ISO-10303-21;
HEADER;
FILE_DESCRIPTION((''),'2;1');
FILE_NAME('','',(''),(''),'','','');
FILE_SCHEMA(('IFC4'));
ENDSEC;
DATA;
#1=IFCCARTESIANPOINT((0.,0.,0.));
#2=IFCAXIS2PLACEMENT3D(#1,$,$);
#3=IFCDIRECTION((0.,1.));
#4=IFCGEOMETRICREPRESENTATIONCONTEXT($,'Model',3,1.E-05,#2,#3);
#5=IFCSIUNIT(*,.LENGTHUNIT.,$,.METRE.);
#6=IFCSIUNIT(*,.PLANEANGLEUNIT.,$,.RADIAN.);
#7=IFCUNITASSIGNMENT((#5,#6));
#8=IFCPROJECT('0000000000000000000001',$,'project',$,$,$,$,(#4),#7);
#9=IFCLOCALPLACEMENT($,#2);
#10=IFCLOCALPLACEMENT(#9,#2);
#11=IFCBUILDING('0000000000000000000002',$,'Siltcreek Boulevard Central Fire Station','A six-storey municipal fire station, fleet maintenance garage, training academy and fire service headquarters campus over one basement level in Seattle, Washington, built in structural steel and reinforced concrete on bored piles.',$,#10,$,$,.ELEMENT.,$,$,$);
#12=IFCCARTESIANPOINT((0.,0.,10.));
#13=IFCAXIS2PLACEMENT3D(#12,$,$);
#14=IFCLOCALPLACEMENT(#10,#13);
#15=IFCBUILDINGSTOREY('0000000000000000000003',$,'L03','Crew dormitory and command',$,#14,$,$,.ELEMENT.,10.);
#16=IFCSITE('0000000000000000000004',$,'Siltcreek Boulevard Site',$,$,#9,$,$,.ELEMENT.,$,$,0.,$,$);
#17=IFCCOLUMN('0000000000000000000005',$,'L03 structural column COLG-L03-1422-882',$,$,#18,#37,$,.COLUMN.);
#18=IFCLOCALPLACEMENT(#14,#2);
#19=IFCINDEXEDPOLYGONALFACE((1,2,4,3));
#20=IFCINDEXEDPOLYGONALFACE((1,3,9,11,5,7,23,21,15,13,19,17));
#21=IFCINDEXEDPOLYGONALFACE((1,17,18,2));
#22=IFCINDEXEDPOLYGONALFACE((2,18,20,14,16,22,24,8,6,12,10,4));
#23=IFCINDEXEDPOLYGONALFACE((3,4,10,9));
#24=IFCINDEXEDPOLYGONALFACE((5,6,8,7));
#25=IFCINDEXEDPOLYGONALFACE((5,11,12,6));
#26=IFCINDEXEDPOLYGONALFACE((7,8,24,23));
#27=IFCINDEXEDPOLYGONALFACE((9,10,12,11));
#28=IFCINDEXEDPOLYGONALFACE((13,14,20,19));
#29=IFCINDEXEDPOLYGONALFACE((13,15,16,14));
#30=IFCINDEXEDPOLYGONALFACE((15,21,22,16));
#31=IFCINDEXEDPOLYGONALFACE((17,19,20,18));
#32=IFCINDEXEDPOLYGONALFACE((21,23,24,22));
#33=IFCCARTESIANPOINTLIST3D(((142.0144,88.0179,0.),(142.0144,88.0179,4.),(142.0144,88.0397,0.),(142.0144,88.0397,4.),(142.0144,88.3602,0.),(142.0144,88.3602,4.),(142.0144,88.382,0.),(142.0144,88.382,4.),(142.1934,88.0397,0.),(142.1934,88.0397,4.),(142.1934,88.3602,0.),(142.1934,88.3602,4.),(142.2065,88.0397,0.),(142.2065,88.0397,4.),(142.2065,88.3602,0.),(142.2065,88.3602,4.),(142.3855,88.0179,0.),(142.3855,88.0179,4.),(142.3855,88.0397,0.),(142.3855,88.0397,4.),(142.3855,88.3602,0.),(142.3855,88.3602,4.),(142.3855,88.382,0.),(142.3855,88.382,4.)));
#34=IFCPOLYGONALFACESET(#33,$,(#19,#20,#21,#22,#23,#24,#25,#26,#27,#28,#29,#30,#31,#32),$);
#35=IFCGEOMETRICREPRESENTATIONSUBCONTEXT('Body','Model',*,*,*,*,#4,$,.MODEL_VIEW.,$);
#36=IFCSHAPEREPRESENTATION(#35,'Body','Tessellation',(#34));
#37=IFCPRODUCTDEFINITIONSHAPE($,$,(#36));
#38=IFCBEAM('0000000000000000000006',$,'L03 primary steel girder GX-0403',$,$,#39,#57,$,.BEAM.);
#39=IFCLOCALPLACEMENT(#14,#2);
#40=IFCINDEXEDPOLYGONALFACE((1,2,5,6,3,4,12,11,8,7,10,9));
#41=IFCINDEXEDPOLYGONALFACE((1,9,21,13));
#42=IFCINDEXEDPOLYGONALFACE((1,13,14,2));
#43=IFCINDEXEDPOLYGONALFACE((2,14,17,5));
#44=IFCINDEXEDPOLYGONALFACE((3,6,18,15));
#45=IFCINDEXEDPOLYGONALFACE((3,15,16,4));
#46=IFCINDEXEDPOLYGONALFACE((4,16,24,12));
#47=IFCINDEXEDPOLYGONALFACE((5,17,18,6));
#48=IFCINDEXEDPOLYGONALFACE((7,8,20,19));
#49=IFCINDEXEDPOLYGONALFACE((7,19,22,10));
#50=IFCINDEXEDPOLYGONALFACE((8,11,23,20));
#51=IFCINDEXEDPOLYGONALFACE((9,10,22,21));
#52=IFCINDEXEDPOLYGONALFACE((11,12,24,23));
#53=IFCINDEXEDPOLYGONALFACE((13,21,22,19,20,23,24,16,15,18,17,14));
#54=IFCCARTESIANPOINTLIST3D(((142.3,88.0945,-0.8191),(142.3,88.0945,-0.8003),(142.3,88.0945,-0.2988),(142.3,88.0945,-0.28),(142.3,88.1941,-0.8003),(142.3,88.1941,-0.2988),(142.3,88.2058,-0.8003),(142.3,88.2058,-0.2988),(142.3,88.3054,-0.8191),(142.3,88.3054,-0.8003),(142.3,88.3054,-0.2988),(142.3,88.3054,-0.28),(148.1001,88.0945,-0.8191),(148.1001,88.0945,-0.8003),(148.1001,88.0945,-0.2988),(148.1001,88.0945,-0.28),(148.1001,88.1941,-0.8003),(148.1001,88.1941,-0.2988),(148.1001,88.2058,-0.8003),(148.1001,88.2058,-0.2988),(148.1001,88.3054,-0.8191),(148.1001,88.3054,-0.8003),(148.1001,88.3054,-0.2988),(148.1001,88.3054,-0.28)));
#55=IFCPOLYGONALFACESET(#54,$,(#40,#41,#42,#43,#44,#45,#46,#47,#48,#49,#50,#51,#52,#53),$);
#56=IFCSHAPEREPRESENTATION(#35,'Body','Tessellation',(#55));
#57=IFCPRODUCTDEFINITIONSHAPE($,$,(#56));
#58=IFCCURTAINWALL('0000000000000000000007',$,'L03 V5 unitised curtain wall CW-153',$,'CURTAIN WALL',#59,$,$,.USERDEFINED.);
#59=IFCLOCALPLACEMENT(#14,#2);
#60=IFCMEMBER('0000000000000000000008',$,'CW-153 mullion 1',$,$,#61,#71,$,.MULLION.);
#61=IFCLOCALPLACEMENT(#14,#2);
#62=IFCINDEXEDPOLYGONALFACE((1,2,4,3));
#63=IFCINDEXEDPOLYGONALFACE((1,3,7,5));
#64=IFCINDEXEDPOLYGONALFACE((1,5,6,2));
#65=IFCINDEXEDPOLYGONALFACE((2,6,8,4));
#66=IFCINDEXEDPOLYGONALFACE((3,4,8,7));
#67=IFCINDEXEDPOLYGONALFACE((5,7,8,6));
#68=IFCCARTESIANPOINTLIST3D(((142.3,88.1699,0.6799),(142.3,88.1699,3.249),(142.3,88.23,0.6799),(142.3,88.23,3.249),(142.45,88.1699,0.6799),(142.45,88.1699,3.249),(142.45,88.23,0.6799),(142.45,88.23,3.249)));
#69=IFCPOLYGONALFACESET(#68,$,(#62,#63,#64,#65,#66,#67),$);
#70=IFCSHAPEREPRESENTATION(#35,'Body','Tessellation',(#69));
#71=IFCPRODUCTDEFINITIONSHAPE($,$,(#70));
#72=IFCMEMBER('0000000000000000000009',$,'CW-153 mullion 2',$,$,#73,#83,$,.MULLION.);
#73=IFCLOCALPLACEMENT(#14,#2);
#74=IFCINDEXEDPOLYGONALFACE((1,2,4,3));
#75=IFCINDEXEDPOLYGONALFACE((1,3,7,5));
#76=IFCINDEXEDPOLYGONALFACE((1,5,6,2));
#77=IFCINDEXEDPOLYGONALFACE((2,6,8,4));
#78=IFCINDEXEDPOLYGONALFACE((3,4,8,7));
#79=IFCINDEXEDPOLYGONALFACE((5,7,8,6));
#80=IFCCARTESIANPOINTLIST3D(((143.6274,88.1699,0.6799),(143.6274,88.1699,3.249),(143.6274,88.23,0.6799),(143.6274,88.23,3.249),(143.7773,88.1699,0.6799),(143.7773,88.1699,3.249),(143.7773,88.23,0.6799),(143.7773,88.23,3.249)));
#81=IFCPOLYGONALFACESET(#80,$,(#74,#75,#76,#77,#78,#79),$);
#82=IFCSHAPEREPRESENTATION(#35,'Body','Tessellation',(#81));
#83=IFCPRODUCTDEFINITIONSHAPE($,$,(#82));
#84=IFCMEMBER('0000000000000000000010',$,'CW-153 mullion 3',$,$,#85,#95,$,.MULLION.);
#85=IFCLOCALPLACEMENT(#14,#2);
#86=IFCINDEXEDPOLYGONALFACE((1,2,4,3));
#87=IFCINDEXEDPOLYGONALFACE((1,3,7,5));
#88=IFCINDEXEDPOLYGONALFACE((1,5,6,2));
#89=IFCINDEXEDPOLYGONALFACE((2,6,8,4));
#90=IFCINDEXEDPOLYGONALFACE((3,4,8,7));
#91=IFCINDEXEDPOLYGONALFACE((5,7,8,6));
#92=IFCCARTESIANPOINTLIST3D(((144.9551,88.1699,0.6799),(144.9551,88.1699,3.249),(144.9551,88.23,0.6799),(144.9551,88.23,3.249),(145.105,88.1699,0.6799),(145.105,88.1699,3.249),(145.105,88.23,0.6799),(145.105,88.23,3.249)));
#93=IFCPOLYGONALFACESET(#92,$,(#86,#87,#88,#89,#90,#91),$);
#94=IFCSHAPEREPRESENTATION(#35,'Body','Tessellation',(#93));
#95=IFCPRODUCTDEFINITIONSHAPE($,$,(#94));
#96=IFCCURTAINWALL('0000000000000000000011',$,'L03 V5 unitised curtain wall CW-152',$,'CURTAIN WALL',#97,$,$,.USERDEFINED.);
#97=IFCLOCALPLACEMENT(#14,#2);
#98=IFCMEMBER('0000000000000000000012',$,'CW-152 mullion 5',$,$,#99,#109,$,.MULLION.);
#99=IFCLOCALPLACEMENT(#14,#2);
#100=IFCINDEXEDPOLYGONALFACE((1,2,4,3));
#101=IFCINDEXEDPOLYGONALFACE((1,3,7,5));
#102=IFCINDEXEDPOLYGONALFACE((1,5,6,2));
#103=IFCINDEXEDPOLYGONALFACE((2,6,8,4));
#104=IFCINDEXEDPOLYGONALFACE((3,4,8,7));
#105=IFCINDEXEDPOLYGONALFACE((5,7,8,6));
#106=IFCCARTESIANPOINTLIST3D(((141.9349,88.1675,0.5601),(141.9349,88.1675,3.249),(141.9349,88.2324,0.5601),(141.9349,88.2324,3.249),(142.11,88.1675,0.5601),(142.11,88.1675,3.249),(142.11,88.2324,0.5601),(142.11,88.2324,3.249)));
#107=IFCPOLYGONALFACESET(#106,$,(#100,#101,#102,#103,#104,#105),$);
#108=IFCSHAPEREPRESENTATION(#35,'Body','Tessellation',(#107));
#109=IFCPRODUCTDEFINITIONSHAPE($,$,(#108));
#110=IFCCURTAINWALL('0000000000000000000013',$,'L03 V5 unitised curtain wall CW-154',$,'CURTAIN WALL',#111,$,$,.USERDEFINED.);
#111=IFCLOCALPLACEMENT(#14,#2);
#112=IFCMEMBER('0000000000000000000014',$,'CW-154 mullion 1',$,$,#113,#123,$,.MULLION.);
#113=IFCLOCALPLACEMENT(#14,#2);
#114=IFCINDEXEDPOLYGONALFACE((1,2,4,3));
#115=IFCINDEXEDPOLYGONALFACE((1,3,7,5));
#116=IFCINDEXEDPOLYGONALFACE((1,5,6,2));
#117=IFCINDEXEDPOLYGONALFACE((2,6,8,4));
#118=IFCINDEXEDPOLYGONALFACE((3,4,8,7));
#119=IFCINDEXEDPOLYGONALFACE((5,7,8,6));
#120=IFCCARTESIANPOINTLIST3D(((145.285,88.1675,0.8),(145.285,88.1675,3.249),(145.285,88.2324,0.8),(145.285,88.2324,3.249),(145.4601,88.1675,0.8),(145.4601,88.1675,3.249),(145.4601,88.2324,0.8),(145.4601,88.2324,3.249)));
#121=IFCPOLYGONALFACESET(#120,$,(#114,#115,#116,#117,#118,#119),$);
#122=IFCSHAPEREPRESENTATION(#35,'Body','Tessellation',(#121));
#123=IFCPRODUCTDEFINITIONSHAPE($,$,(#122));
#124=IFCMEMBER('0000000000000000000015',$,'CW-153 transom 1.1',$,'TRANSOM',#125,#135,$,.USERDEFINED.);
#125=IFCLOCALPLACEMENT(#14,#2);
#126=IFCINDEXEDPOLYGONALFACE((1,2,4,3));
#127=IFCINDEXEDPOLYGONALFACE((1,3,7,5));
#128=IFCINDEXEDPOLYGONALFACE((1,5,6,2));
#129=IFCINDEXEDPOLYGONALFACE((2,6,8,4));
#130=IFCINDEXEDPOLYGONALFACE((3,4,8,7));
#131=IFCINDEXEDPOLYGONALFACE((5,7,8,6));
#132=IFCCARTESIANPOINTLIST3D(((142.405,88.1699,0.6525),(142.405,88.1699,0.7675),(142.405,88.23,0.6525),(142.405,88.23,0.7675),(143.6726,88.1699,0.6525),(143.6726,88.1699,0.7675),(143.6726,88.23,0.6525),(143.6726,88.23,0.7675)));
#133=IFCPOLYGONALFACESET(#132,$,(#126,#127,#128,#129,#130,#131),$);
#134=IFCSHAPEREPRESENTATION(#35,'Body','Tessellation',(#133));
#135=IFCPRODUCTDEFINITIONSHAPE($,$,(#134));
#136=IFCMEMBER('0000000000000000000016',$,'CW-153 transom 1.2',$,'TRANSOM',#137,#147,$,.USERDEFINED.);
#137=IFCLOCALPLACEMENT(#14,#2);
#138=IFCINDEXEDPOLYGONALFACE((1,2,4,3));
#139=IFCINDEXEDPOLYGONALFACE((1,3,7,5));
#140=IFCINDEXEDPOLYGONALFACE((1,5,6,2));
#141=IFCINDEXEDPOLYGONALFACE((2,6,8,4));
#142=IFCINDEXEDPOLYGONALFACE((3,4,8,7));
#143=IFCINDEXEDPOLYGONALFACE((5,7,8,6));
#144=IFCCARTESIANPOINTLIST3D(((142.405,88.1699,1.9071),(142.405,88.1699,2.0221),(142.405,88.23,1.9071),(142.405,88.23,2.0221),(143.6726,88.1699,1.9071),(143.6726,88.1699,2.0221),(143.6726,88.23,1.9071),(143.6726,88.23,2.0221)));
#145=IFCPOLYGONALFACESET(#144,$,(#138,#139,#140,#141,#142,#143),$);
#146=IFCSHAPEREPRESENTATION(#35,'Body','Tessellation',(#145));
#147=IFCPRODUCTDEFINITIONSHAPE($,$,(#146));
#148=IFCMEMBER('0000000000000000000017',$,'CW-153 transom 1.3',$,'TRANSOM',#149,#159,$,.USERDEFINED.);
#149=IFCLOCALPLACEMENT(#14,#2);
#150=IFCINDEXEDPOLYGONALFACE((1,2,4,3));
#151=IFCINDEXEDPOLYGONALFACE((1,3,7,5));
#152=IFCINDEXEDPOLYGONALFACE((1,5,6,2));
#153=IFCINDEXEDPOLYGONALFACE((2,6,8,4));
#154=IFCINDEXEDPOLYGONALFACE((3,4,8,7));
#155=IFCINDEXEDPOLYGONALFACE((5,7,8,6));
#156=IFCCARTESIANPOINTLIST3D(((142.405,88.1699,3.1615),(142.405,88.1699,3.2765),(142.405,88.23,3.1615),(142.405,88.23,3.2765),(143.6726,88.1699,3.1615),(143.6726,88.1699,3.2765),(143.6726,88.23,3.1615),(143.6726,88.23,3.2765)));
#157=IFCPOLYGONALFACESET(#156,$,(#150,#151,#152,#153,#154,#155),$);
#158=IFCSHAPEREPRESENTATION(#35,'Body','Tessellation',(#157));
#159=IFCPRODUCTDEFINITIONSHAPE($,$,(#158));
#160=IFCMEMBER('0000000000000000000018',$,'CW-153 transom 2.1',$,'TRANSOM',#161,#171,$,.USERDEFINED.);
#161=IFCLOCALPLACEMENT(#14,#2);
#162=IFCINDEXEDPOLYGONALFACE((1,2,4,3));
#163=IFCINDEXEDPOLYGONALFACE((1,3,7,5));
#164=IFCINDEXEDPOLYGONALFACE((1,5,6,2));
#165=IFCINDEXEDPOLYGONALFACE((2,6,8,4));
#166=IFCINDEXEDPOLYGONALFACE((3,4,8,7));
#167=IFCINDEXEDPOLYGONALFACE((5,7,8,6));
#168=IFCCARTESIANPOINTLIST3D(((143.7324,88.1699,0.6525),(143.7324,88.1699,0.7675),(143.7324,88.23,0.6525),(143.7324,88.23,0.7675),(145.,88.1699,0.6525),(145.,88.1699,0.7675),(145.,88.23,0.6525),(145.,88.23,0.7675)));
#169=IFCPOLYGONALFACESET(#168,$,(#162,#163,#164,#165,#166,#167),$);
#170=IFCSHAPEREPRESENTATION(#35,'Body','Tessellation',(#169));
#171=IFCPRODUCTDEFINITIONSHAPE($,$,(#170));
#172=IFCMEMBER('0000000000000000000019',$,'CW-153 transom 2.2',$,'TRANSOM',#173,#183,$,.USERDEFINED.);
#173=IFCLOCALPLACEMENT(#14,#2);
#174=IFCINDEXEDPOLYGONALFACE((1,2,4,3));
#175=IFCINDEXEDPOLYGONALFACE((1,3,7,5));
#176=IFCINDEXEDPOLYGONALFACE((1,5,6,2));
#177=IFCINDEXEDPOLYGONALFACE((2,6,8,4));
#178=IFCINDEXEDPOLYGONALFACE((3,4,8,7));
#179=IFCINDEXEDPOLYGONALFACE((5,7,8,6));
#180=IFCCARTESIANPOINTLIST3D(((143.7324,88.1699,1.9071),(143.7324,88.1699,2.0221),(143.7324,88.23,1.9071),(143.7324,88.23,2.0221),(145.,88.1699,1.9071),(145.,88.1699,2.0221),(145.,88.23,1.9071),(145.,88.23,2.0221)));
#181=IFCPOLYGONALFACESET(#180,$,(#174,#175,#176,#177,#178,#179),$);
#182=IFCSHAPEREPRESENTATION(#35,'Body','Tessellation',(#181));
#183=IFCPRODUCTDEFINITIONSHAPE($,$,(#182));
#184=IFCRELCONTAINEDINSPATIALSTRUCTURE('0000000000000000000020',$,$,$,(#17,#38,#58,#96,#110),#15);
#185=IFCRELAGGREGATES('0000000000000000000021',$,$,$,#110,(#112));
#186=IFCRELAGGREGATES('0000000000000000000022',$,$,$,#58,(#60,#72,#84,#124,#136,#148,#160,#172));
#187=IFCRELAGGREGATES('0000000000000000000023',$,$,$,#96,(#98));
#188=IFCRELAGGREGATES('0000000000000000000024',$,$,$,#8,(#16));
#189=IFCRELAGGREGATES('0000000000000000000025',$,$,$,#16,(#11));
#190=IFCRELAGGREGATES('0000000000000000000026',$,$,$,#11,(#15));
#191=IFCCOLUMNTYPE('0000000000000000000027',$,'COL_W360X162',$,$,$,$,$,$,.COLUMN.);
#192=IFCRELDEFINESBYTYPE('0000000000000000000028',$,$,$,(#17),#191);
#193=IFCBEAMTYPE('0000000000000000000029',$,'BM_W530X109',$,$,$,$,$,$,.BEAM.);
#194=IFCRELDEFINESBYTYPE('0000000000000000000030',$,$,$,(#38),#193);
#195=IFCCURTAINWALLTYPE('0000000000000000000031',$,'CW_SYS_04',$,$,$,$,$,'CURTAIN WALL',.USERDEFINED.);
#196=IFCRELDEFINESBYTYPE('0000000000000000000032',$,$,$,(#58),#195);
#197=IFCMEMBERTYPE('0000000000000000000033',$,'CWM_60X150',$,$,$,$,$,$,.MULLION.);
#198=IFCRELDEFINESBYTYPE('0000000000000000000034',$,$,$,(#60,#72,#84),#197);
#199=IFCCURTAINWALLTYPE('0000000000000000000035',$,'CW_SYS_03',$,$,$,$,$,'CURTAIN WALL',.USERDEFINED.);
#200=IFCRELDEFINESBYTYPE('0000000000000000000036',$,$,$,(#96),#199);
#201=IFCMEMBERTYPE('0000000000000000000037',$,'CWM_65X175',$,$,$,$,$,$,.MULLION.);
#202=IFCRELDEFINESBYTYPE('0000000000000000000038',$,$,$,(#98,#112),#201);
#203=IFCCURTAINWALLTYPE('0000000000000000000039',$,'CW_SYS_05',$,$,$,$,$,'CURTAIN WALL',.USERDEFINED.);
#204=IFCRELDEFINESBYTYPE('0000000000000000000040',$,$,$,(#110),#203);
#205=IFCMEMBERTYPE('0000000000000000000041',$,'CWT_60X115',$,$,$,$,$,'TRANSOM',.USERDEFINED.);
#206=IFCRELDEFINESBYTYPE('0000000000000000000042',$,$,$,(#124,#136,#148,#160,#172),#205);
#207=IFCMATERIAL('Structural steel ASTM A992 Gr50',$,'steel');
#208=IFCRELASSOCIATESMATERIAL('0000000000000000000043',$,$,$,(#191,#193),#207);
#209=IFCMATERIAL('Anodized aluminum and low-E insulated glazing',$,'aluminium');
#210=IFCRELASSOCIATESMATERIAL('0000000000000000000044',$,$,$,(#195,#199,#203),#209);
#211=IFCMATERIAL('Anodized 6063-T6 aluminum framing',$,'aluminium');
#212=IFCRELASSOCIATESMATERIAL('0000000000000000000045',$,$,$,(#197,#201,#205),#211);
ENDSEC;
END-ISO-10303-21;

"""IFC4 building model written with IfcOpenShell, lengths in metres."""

from ifc_helpers import new_model, si_unit, direction, frame, origin, origin_2d, place, context, subcontext, project, spatial, rectangle, i_section, extrude, material, material_profile, profile_set, type_object, element, aggregate, save


model = new_model("IFC4")

# Units and contexts
model_context = context("Model", 3, precision=1e-05, world=origin(), true_north=direction((0.0, 1.0)))
body_context = subcontext(model_context, "Body", "Model", "MODEL_VIEW")
ifc_project = project(units=[si_unit("LENGTHUNIT", "METRE"), si_unit("PLANEANGLEUNIT", "RADIAN")], contexts=[model_context])

# Site, building, storey
site_placement = place(None, origin())
site = spatial("IfcSite", under=ifc_project, at=site_placement, Name="Siltcreek Boulevard Site", CompositionType="ELEMENT", RefElevation=0.0)
building_placement = place(site_placement, origin())
building = spatial("IfcBuilding", under=site, at=building_placement, Name="Siltcreek Boulevard Central Fire Station", Description="A six-storey municipal fire station, fleet maintenance garage, training academy and fire service headquarters campus over one basement level in Seattle, Washington, built in structural steel and reinforced concrete on bored piles.", CompositionType="ELEMENT")
storey_placement = place(building_placement, frame((0.0, 0.0, 10.0)))
storey = spatial("IfcBuildingStorey", under=building, at=storey_placement, Name="L03", Description="Crew dormitory and command", CompositionType="ELEMENT", Elevation=10.0)

# Column
ifc_material_1 = material(Name="Structural steel ASTM A992 Gr50", Category="steel")
ifc_material_profile_1 = material_profile(ifc_material_1, i_section(OverallWidth=0.3711, OverallDepth=0.364, WebThickness=0.0132, FlangeThickness=0.0217, at=origin_2d()), Name="W360X162")
ifc_profile_set_1 = profile_set([ifc_material_profile_1], Name="Structural steel ASTM A992 Gr50")
column_type = type_object("IfcColumnType", Name="COL_W360X162", PredefinedType="COLUMN", material=ifc_profile_set_1)
column_placement = place(storey_placement, frame((142.2, 88.2, 0.0), z_axis=(0.0, 0.0, 1.0), x_axis=(1.0, 0.0, 0.0)))
element("IfcColumn", 1, at=column_placement, inside=storey, type_object=column_type, Name="L03 structural column COLG-L03-1422-882", PredefinedType="COLUMN", context=body_context, shape_type="SweptSolid", body=[
    extrude(i_section(OverallWidth=0.3711, OverallDepth=0.364, WebThickness=0.0132, FlangeThickness=0.0217, at=origin_2d()), origin(), (0.0, 0.0, 1.0), 4.0),
])

# Beam
ifc_material_profile_2 = material_profile(ifc_material_1, i_section(OverallWidth=0.2109, OverallDepth=0.5391, WebThickness=0.0117, FlangeThickness=0.0188, at=origin_2d()), Name="W530X109")
ifc_profile_set_2 = profile_set([ifc_material_profile_2], Name="Structural steel ASTM A992 Gr50")
beam_type = type_object("IfcBeamType", Name="BM_W530X109", PredefinedType="BEAM", material=ifc_profile_set_2)
beam_placement = place(storey_placement, frame((142.3, 88.2, -0.5496), z_axis=(1.0, 0.0, 0.0), x_axis=(0.0, 1.0, 0.0)))
element("IfcBeam", 2, at=beam_placement, inside=storey, type_object=beam_type, Name="L03 primary steel girder GX-0403", PredefinedType="BEAM", context=body_context, shape_type="SweptSolid", body=[
    extrude(i_section(OverallWidth=0.2109, OverallDepth=0.5391, WebThickness=0.0117, FlangeThickness=0.0188, at=origin_2d()), origin(), (0.0, 0.0, 1.0), 5.8),
])

# Curtain wall, members
ifc_material_2 = material(Name="Anodized aluminum and low-E insulated glazing", Category="aluminium")
curtain_wall_type_1 = type_object("IfcCurtainWallType", Name="CW_SYS_04", ElementType="CURTAIN WALL", PredefinedType="USERDEFINED", material=ifc_material_2)
curtain_wall_1_placement = place(storey_placement, origin())
curtain_wall_1 = element("IfcCurtainWall", 3, at=curtain_wall_1_placement, inside=storey, type_object=curtain_wall_type_1, Name="L03 V5 unitised curtain wall CW-153", ObjectType="CURTAIN WALL", PredefinedType="USERDEFINED")
ifc_material_3 = material(Name="Anodized 6063-T6 aluminum framing", Category="aluminium")
ifc_material_profile_3 = material_profile(ifc_material_3, rectangle(XDim=0.0601, YDim=0.1499, at=origin_2d()), Name="MULL60X150")
ifc_profile_set_3 = profile_set([ifc_material_profile_3], Name="Anodized 6063-T6 aluminum framing")
member_type_1 = type_object("IfcMemberType", Name="CWM_60X150", PredefinedType="MULLION", material=ifc_profile_set_3)
member_1_placement = place(storey_placement, frame((142.375, 88.2, 0.6799), z_axis=(0.0, 0.0, 1.0), x_axis=(0.0, 1.0, 0.0)))
member_1 = element("IfcMember", 4, at=member_1_placement, type_object=member_type_1, Name="CW-153 mullion 1", PredefinedType="MULLION", context=body_context, shape_type="SweptSolid", body=[
    extrude(rectangle(XDim=0.0601, YDim=0.1499, at=origin_2d()), origin(), (0.0, 0.0, 1.0), 2.5691),
])
member_2_placement = place(storey_placement, frame((143.7024, 88.2, 0.6799), z_axis=(0.0, 0.0, 1.0), x_axis=(0.0, 1.0, 0.0)))
member_2 = element("IfcMember", 5, at=member_2_placement, type_object=member_type_1, Name="CW-153 mullion 2", PredefinedType="MULLION", context=body_context, shape_type="SweptSolid", body=[
    extrude(rectangle(XDim=0.0601, YDim=0.1499, at=origin_2d()), origin(), (0.0, 0.0, 1.0), 2.5691),
])
member_3_placement = place(storey_placement, frame((145.03, 88.2, 0.6799), z_axis=(0.0, 0.0, 1.0), x_axis=(0.0, 1.0, 0.0)))
member_3 = element("IfcMember", 6, at=member_3_placement, type_object=member_type_1, Name="CW-153 mullion 3", PredefinedType="MULLION", context=body_context, shape_type="SweptSolid", body=[
    extrude(rectangle(XDim=0.0601, YDim=0.1499, at=origin_2d()), origin(), (0.0, 0.0, 1.0), 2.5691),
])

# Curtain walls, members
curtain_wall_type_2 = type_object("IfcCurtainWallType", Name="CW_SYS_03", ElementType="CURTAIN WALL", PredefinedType="USERDEFINED", material=ifc_material_2)
curtain_wall_2_placement = place(storey_placement, origin())
curtain_wall_2 = element("IfcCurtainWall", 7, at=curtain_wall_2_placement, inside=storey, type_object=curtain_wall_type_2, Name="L03 V5 unitised curtain wall CW-152", ObjectType="CURTAIN WALL", PredefinedType="USERDEFINED")
ifc_material_profile_4 = material_profile(ifc_material_3, rectangle(XDim=0.0649, YDim=0.175, at=origin_2d()), Name="MULL65X175")
ifc_profile_set_4 = profile_set([ifc_material_profile_4], Name="Anodized 6063-T6 aluminum framing")
member_type_2 = type_object("IfcMemberType", Name="CWM_65X175", PredefinedType="MULLION", material=ifc_profile_set_4)
member_4_placement = place(storey_placement, frame((142.0225, 88.2, 0.5601), z_axis=(0.0, 0.0, 1.0), x_axis=(0.0, 1.0, 0.0)))
member_4 = element("IfcMember", 8, at=member_4_placement, type_object=member_type_2, Name="CW-152 mullion 5", PredefinedType="MULLION", context=body_context, shape_type="SweptSolid", body=[
    extrude(rectangle(XDim=0.0649, YDim=0.175, at=origin_2d()), origin(), (0.0, 0.0, 1.0), 2.689),
])
curtain_wall_type_3 = type_object("IfcCurtainWallType", Name="CW_SYS_05", ElementType="CURTAIN WALL", PredefinedType="USERDEFINED", material=ifc_material_2)
curtain_wall_3_placement = place(storey_placement, origin())
curtain_wall_3 = element("IfcCurtainWall", 9, at=curtain_wall_3_placement, inside=storey, type_object=curtain_wall_type_3, Name="L03 V5 unitised curtain wall CW-154", ObjectType="CURTAIN WALL", PredefinedType="USERDEFINED")
member_5_placement = place(storey_placement, frame((145.3726, 88.2, 0.8), z_axis=(0.0, 0.0, 1.0), x_axis=(0.0, 1.0, 0.0)))
member_5 = element("IfcMember", 10, at=member_5_placement, type_object=member_type_2, Name="CW-154 mullion 1", PredefinedType="MULLION", context=body_context, shape_type="SweptSolid", body=[
    extrude(rectangle(XDim=0.0649, YDim=0.175, at=origin_2d()), origin(), (0.0, 0.0, 1.0), 2.449),
])

# Members
ifc_material_profile_5 = material_profile(ifc_material_3, rectangle(XDim=0.0601, YDim=0.115, at=origin_2d()), Name="TRAN60X115")
ifc_profile_set_5 = profile_set([ifc_material_profile_5], Name="Anodized 6063-T6 aluminum framing")
member_type_3 = type_object("IfcMemberType", Name="CWT_60X115", ElementType="TRANSOM", PredefinedType="USERDEFINED", material=ifc_profile_set_5)
member_6_placement = place(storey_placement, frame((142.405, 88.2, 0.71), z_axis=(1.0, 0.0, 0.0), x_axis=(0.0, 1.0, 0.0)))
member_6 = element("IfcMember", 11, at=member_6_placement, type_object=member_type_3, Name="CW-153 transom 1.1", ObjectType="TRANSOM", PredefinedType="USERDEFINED", context=body_context, shape_type="SweptSolid", body=[
    extrude(rectangle(XDim=0.0601, YDim=0.115, at=origin_2d()), origin(), (0.0, 0.0, 1.0), 1.2676),
])
member_7_placement = place(storey_placement, frame((142.405, 88.2, 1.9646), z_axis=(1.0, 0.0, 0.0), x_axis=(0.0, 1.0, 0.0)))
member_7 = element("IfcMember", 12, at=member_7_placement, type_object=member_type_3, Name="CW-153 transom 1.2", ObjectType="TRANSOM", PredefinedType="USERDEFINED", context=body_context, shape_type="SweptSolid", body=[
    extrude(rectangle(XDim=0.0601, YDim=0.115, at=origin_2d()), origin(), (0.0, 0.0, 1.0), 1.2676),
])
member_8_placement = place(storey_placement, frame((142.405, 88.2, 3.219), z_axis=(1.0, 0.0, 0.0), x_axis=(0.0, 1.0, 0.0)))
member_8 = element("IfcMember", 13, at=member_8_placement, type_object=member_type_3, Name="CW-153 transom 1.3", ObjectType="TRANSOM", PredefinedType="USERDEFINED", context=body_context, shape_type="SweptSolid", body=[
    extrude(rectangle(XDim=0.0601, YDim=0.115, at=origin_2d()), origin(), (0.0, 0.0, 1.0), 1.2676),
])
member_9_placement = place(storey_placement, frame((143.7324, 88.2, 0.71), z_axis=(1.0, 0.0, 0.0), x_axis=(0.0, 1.0, 0.0)))
member_9 = element("IfcMember", 14, at=member_9_placement, type_object=member_type_3, Name="CW-153 transom 2.1", ObjectType="TRANSOM", PredefinedType="USERDEFINED", context=body_context, shape_type="SweptSolid", body=[
    extrude(rectangle(XDim=0.0601, YDim=0.115, at=origin_2d()), origin(), (0.0, 0.0, 1.0), 1.2676),
])
member_10_placement = place(storey_placement, frame((143.7324, 88.2, 1.9646), z_axis=(1.0, 0.0, 0.0), x_axis=(0.0, 1.0, 0.0)))
member_10 = element("IfcMember", 15, at=member_10_placement, type_object=member_type_3, Name="CW-153 transom 2.2", ObjectType="TRANSOM", PredefinedType="USERDEFINED", context=body_context, shape_type="SweptSolid", body=[
    extrude(rectangle(XDim=0.0601, YDim=0.115, at=origin_2d()), origin(), (0.0, 0.0, 1.0), 1.2676),
])
aggregate(curtain_wall_3, [member_5])

aggregate(curtain_wall_1, [member_1, member_2, member_3, member_6, member_7, member_8, member_9, member_10])
aggregate(curtain_wall_2, [member_4])

save(model, "model.ifc")
